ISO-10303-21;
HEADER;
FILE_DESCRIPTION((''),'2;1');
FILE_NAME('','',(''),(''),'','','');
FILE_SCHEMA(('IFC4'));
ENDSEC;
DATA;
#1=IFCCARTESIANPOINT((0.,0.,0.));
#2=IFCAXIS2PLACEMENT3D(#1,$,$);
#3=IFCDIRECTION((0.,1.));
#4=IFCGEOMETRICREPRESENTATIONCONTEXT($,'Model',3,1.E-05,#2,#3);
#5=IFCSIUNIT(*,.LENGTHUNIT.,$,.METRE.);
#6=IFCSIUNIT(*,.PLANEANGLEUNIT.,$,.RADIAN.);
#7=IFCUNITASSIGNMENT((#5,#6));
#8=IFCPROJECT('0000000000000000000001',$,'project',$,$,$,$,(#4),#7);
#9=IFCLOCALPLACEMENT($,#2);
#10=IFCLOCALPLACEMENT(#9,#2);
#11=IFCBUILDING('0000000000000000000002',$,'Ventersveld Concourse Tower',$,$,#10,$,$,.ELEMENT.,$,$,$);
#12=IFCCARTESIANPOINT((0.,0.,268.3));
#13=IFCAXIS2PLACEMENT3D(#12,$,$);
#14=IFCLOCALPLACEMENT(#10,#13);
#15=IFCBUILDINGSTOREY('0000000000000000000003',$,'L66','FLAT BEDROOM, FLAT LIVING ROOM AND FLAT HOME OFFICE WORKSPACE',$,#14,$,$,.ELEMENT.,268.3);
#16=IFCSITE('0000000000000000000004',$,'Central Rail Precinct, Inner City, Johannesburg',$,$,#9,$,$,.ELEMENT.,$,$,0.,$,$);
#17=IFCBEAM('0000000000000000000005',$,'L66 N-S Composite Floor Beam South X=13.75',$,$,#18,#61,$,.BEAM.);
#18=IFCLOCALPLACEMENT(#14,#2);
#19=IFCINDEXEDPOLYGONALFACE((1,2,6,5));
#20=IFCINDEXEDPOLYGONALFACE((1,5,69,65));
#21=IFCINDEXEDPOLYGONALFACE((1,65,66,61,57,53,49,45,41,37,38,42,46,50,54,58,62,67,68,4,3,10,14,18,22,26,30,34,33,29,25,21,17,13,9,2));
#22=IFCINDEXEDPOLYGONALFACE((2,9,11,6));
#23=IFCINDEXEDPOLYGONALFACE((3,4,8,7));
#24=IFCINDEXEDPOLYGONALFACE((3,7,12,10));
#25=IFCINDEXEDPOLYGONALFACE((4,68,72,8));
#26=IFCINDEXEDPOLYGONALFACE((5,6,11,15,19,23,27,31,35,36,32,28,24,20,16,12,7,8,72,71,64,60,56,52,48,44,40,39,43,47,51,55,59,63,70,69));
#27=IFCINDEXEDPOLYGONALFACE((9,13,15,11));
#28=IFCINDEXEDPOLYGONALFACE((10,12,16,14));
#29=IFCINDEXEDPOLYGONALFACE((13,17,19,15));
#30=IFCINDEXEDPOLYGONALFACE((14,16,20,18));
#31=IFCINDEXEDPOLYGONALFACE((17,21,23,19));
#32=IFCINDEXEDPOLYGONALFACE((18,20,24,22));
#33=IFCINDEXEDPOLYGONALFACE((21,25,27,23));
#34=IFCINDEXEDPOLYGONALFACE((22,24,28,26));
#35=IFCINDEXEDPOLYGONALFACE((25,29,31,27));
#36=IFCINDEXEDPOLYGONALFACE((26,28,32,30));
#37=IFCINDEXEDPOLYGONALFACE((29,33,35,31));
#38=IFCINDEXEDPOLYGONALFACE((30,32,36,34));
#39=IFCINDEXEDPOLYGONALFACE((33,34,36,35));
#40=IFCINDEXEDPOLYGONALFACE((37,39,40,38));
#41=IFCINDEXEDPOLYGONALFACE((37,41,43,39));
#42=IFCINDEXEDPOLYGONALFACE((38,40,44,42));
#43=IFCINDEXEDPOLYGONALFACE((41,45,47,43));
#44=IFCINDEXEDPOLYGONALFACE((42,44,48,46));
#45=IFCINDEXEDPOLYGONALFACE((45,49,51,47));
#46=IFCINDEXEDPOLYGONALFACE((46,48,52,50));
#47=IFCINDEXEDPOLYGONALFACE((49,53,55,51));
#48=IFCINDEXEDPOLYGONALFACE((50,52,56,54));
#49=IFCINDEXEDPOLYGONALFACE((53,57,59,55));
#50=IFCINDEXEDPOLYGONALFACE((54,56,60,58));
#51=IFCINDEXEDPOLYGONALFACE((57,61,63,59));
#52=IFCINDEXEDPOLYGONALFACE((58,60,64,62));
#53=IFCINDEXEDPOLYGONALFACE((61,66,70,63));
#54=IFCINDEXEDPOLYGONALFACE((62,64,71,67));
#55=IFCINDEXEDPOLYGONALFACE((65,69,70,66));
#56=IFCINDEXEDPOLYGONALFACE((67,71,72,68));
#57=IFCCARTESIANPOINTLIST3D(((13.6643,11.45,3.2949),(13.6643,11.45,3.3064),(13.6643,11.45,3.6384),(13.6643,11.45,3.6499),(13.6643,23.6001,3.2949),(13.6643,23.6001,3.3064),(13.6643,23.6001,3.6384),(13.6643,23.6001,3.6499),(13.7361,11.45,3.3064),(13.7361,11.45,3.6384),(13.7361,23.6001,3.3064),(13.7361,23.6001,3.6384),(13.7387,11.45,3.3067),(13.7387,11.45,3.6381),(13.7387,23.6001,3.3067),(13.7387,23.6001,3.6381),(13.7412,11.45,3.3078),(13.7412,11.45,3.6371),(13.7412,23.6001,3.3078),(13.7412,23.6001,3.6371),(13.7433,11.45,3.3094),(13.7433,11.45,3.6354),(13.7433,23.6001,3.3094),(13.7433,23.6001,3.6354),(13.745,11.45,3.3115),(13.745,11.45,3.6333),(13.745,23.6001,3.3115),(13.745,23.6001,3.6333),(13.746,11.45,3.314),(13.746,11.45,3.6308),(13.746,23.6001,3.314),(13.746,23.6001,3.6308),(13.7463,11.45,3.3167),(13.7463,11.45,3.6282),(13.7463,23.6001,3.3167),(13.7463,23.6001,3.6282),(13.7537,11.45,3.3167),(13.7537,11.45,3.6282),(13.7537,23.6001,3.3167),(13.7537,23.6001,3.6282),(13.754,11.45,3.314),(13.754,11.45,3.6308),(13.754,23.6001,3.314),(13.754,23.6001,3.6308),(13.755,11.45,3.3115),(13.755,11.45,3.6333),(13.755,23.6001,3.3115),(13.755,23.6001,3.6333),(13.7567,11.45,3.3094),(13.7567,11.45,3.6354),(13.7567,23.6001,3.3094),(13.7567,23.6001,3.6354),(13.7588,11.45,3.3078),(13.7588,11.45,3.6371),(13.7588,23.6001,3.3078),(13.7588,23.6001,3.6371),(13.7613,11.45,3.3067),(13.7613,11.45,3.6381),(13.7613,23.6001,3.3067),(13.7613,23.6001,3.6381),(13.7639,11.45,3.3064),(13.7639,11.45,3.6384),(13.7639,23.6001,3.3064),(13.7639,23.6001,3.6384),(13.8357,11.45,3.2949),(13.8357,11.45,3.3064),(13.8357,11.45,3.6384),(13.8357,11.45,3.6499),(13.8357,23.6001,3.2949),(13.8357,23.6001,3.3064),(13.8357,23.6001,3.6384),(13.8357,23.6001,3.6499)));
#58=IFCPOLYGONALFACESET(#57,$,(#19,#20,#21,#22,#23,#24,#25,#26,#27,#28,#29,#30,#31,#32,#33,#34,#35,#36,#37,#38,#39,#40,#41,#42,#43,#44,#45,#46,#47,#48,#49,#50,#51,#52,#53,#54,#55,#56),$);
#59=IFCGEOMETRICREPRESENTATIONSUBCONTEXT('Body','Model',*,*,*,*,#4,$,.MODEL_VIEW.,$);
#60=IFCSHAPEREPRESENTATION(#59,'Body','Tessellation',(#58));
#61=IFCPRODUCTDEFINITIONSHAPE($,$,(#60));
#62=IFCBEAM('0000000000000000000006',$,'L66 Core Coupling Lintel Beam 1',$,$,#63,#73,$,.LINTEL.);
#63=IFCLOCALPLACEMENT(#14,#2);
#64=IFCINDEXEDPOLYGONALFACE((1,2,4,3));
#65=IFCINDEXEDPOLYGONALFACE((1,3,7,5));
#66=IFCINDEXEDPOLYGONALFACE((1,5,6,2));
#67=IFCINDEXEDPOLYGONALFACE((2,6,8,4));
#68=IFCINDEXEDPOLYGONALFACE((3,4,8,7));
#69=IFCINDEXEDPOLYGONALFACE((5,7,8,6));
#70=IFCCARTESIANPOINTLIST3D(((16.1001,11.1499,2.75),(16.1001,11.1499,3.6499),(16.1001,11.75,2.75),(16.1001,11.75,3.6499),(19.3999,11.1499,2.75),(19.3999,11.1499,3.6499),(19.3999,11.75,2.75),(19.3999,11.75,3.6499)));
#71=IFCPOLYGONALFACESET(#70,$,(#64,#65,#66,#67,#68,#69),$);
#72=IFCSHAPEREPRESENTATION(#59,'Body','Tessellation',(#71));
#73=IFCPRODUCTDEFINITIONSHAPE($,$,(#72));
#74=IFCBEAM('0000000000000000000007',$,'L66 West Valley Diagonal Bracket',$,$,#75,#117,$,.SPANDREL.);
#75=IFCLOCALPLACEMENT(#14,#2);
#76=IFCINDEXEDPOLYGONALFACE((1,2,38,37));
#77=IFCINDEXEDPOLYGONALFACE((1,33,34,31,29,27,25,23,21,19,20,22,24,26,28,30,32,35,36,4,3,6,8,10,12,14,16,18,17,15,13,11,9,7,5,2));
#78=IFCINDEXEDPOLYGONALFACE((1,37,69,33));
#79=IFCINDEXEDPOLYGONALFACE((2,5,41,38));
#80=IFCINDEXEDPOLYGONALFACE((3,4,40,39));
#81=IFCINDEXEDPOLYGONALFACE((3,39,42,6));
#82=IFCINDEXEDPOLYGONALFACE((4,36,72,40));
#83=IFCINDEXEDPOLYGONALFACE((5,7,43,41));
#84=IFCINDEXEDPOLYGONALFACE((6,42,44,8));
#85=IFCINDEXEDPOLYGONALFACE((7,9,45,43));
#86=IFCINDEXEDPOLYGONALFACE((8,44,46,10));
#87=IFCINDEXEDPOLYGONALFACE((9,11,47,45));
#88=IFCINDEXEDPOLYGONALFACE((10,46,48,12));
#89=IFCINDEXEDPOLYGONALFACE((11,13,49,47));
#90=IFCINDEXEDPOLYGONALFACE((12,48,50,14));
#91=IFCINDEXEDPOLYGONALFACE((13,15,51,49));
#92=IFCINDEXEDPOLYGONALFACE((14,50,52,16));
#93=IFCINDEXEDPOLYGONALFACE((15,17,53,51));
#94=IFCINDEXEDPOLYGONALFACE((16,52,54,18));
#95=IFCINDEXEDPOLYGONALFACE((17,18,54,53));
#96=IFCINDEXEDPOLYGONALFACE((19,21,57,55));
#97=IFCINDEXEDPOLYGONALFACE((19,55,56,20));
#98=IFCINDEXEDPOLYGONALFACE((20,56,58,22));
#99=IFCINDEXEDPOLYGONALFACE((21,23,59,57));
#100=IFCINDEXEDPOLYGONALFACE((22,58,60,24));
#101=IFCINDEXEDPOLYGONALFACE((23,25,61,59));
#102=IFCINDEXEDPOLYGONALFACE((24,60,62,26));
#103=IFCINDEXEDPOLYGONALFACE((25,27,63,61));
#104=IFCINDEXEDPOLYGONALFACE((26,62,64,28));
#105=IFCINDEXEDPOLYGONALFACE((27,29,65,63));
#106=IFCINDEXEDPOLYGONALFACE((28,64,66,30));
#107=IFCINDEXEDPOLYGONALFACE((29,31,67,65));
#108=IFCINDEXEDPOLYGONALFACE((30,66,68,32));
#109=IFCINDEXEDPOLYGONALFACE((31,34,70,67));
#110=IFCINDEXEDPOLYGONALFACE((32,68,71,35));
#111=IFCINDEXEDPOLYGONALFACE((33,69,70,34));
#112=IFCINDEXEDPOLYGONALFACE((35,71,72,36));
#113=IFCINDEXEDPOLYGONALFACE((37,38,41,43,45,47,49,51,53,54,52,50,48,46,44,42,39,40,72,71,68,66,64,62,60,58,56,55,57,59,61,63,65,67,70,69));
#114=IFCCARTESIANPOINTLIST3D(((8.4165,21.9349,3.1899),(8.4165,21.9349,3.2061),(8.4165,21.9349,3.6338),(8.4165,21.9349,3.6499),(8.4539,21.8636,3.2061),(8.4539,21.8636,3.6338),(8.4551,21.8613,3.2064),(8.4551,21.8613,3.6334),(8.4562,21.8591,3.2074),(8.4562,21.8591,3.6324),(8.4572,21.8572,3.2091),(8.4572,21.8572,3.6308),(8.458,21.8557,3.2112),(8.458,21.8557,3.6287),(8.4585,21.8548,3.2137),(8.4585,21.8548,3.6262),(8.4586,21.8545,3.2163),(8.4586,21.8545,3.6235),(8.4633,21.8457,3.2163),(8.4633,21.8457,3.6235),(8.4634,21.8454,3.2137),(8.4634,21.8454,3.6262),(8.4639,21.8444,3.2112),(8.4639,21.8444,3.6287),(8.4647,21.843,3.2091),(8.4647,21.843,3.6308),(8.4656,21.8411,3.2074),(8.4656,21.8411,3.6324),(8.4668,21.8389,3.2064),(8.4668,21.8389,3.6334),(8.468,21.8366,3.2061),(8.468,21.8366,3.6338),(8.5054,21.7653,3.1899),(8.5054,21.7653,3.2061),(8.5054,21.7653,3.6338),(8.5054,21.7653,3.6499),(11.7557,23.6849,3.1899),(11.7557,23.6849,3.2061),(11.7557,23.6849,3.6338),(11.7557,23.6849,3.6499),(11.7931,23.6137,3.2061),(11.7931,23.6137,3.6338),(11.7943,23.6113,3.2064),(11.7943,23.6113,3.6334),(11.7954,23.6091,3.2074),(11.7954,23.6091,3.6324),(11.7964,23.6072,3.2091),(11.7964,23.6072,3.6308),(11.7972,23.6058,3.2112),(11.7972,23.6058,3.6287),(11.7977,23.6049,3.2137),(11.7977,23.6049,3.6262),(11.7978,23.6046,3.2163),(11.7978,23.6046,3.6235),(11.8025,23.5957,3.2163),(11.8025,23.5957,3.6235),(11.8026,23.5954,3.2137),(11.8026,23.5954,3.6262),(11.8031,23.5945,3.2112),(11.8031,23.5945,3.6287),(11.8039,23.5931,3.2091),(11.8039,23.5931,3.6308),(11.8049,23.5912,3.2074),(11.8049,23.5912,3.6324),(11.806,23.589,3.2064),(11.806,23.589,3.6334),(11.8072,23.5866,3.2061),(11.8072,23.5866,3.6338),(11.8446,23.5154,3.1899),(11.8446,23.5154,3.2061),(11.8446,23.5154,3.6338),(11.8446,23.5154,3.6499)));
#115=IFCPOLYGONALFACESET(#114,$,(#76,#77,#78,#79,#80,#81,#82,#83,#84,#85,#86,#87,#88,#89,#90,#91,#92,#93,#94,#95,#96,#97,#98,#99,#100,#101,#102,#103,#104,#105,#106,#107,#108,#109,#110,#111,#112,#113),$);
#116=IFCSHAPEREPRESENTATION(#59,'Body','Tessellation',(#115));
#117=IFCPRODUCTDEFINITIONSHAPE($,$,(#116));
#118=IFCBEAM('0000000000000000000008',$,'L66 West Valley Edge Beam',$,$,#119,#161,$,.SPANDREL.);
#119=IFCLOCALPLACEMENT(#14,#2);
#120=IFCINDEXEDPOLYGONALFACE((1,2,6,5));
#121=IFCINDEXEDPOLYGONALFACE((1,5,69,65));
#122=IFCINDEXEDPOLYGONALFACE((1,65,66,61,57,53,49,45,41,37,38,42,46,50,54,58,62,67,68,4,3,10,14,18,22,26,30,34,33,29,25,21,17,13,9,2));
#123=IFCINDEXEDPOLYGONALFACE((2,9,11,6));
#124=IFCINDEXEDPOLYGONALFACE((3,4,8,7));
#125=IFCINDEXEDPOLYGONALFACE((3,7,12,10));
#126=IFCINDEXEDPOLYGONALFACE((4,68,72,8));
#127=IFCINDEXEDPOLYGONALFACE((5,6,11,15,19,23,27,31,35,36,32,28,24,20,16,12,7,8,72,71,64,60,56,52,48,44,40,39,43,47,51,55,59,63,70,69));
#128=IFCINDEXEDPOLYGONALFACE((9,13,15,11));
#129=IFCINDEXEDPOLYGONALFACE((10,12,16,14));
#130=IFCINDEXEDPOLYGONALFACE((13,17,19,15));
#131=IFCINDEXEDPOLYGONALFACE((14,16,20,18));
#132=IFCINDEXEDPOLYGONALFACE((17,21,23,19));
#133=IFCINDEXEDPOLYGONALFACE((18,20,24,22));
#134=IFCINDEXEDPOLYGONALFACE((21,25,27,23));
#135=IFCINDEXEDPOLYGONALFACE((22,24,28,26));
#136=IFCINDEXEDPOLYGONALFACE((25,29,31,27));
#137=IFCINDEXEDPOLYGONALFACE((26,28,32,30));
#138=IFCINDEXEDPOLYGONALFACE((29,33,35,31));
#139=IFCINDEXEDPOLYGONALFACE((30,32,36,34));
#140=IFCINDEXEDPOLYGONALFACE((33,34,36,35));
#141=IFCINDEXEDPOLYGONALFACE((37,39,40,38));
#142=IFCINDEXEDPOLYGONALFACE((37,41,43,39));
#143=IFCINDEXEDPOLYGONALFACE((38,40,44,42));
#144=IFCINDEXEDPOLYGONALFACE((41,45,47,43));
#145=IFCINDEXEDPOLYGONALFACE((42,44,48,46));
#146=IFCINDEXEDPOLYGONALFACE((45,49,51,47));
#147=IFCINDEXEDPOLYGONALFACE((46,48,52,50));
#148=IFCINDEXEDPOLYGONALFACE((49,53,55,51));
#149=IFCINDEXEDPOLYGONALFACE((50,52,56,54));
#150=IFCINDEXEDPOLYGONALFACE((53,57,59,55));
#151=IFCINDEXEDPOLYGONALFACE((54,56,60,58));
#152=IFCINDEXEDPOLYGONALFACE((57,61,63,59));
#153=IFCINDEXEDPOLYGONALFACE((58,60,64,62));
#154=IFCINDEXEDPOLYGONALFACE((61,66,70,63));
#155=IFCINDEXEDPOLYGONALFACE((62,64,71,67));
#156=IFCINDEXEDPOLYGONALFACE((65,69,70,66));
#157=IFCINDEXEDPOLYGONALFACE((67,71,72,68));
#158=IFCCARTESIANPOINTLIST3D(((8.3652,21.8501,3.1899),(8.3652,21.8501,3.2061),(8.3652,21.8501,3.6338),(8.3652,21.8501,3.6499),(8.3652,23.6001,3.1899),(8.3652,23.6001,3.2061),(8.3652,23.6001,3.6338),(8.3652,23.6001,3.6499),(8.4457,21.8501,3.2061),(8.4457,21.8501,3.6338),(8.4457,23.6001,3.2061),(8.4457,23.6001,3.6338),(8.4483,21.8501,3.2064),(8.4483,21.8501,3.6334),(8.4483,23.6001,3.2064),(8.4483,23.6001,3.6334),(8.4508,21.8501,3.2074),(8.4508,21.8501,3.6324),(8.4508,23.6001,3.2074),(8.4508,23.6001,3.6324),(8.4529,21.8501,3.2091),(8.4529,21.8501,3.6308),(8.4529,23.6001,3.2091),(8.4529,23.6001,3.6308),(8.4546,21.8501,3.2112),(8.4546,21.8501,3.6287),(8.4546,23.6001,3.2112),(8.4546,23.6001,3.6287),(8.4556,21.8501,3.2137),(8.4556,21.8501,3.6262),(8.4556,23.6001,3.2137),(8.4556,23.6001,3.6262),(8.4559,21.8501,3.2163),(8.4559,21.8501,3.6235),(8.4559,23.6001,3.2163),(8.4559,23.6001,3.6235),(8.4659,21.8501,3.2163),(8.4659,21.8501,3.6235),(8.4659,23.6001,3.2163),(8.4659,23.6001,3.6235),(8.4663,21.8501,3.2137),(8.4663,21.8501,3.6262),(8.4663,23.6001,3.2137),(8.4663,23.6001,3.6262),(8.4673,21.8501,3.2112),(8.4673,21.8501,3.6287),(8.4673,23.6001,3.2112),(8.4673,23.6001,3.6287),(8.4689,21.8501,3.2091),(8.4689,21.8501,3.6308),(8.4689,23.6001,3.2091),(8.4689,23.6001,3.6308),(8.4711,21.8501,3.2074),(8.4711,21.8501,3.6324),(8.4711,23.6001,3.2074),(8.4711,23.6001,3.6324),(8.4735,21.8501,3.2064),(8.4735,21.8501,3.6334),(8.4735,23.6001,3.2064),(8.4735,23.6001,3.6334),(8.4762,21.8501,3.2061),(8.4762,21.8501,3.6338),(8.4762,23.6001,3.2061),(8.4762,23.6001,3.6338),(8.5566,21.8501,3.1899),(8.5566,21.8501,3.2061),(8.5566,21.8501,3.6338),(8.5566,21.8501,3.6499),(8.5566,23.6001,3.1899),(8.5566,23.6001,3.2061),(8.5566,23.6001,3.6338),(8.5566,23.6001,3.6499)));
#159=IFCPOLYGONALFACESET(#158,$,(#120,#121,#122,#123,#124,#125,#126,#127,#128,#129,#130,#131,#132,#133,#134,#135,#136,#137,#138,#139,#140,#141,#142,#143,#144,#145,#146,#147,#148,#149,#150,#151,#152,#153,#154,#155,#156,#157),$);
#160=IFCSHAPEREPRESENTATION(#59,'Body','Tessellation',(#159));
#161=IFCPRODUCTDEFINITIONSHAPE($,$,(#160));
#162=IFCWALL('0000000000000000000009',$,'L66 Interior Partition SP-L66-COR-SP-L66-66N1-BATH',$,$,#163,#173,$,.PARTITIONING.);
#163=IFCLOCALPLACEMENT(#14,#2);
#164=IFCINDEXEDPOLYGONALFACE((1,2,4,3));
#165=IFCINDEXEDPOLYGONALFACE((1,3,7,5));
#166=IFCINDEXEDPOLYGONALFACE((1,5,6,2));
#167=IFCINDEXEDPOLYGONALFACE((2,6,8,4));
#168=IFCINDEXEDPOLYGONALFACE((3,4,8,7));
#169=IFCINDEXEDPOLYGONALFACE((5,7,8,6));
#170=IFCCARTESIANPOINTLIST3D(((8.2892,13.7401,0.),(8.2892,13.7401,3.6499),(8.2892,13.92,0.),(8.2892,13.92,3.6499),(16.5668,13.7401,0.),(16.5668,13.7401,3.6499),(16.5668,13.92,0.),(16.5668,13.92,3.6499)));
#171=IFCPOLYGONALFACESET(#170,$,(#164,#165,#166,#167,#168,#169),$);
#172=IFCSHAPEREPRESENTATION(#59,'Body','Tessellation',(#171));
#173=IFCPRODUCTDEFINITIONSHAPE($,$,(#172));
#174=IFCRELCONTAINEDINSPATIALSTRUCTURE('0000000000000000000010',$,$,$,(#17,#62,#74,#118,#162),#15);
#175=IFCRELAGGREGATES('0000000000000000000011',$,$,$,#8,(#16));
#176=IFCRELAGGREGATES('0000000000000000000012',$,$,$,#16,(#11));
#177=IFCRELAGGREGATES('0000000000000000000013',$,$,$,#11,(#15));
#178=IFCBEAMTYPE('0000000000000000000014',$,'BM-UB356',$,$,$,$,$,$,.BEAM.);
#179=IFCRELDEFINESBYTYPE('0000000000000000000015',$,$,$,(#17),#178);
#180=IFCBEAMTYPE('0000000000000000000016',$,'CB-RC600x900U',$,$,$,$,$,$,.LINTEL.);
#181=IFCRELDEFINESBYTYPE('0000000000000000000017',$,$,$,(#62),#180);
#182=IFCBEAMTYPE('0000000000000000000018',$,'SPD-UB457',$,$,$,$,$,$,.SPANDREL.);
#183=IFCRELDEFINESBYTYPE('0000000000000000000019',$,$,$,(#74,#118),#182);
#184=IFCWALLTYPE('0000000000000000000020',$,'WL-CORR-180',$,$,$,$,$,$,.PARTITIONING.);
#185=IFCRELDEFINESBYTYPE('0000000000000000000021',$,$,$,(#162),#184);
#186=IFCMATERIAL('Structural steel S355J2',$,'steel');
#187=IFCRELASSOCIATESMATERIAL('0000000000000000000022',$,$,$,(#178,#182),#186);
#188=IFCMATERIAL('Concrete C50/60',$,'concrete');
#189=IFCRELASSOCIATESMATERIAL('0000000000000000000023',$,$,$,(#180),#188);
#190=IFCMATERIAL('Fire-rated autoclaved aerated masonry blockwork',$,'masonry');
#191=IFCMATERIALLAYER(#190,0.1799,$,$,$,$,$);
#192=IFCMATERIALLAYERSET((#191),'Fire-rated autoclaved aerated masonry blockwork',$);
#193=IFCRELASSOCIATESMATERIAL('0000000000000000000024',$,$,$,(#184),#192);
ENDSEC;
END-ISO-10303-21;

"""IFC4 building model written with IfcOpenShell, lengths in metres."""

from ifc_helpers import new_model, si_unit, direction, frame, frame_2d, origin, origin_2d, place, context, subcontext, project, spatial, rectangle, i_section, extrude, material, layer, layer_set, material_profile, profile_set, type_object, element, save


model = new_model("IFC4")

# Units and contexts
model_context = context("Model", 3, precision=1e-05, world=origin(), true_north=direction((0.0, 1.0)))
body_context = subcontext(model_context, "Body", "Model", "MODEL_VIEW")
ifc_project = project(units=[si_unit("LENGTHUNIT", "METRE"), si_unit("PLANEANGLEUNIT", "RADIAN")], contexts=[model_context])

# Site, building, storey
site_placement = place(None, origin())
site = spatial("IfcSite", under=ifc_project, at=site_placement, Name="Central Rail Precinct, Inner City, Johannesburg", CompositionType="ELEMENT", RefElevation=0.0)
building_placement = place(site_placement, origin())
building = spatial("IfcBuilding", under=site, at=building_placement, Name="Ventersveld Concourse Tower", CompositionType="ELEMENT")
storey_placement = place(building_placement, frame((0.0, 0.0, 268.3)))
storey = spatial("IfcBuildingStorey", under=building, at=storey_placement, Name="L66", Description="FLAT BEDROOM, FLAT LIVING ROOM AND FLAT HOME OFFICE WORKSPACE", CompositionType="ELEMENT", Elevation=268.3)

# Beams
ifc_material_1 = material(Name="Structural steel S355J2", Category="steel")
ifc_material_profile_1 = material_profile(ifc_material_1, i_section(OverallWidth=0.1714, OverallDepth=0.355, WebThickness=0.0073, FlangeThickness=0.0115, FilletRadius=0.0103, at=origin_2d()), Name="UB 356x171x51")
ifc_profile_set_1 = profile_set([ifc_material_profile_1], Name="Structural steel S355J2")
beam_type_1 = type_object("IfcBeamType", Name="BM-UB356", PredefinedType="BEAM", material=ifc_profile_set_1)
beam_1_placement = place(storey_placement, frame((13.75, 11.45, 3.4724), z_axis=(0.0, 1.0, 0.0), x_axis=(-1.0, 0.0, 0.0)))
element("IfcBeam", 1, at=beam_1_placement, inside=storey, type_object=beam_type_1, Name="L66 N-S Composite Floor Beam South X=13.75", PredefinedType="BEAM", context=body_context, shape_type="SweptSolid", body=[
    extrude(i_section(OverallWidth=0.1714, OverallDepth=0.355, WebThickness=0.0073, FlangeThickness=0.0115, FilletRadius=0.0103, at=origin_2d()), origin(), (0.0, 0.0, 1.0), 12.1501),
])
ifc_material_2 = material(Name="Concrete C50/60", Category="concrete")
ifc_material_profile_2 = material_profile(ifc_material_2, rectangle(XDim=0.6001, YDim=0.8999, at=origin_2d()), Name="RC 600x900")
ifc_profile_set_2 = profile_set([ifc_material_profile_2], Name="Concrete C50/60")
beam_type_2 = type_object("IfcBeamType", Name="CB-RC600x900U", PredefinedType="LINTEL", material=ifc_profile_set_2)
beam_2_placement = place(storey_placement, frame((16.1001, 11.45, 3.2), z_axis=(1.0, 0.0, 0.0), x_axis=(0.0, 1.0, 0.0)))
element("IfcBeam", 2, at=beam_2_placement, inside=storey, type_object=beam_type_2, Name="L66 Core Coupling Lintel Beam 1", PredefinedType="LINTEL", context=body_context, shape_type="SweptSolid", body=[
    extrude(rectangle(XDim=0.6001, YDim=0.8999, at=origin_2d()), origin(), (0.0, 0.0, 1.0), 3.2998),
])
ifc_material_profile_3 = material_profile(ifc_material_1, i_section(OverallWidth=0.1914, OverallDepth=0.46, WebThickness=0.01, FlangeThickness=0.0161, FilletRadius=0.0103, at=origin_2d()), Name="UB 457x191x82")
ifc_profile_set_3 = profile_set([ifc_material_profile_3], Name="Structural steel S355J2")
beam_type_3 = type_object("IfcBeamType", Name="SPD-UB457", PredefinedType="SPANDREL", material=ifc_profile_set_3)
beam_3_placement = place(storey_placement, frame((8.4609, 21.8501, 3.4199), z_axis=(0.885729, 0.464203, 0.0), x_axis=(-0.464203, 0.885729, 0.0)))
element("IfcBeam", 3, at=beam_3_placement, inside=storey, type_object=beam_type_3, Name="L66 West Valley Diagonal Bracket", PredefinedType="SPANDREL", context=body_context, shape_type="SweptSolid", body=[
    extrude(i_section(OverallWidth=0.1914, OverallDepth=0.46, WebThickness=0.01, FlangeThickness=0.0161, FilletRadius=0.0103, at=origin_2d()), origin(), (0.0, 0.0, 1.0), 3.77),
])
beam_4_placement = place(storey_placement, frame((8.4609, 21.8501, 3.4199), z_axis=(0.0, 1.0, 0.0), x_axis=(-1.0, 0.0, 0.0)))
element("IfcBeam", 4, at=beam_4_placement, inside=storey, type_object=beam_type_3, Name="L66 West Valley Edge Beam", PredefinedType="SPANDREL", context=body_context, shape_type="SweptSolid", body=[
    extrude(i_section(OverallWidth=0.1914, OverallDepth=0.46, WebThickness=0.01, FlangeThickness=0.0161, FilletRadius=0.0103, at=origin_2d()), origin(), (0.0, 0.0, 1.0), 1.75),
])

# Shared definitions
ifc_material_3 = material(Name="Fire-rated autoclaved aerated masonry blockwork", Category="masonry")
ifc_layer_1 = layer(ifc_material_3, 0.1799)
ifc_layer_set_1 = layer_set([ifc_layer_1], Name="Fire-rated autoclaved aerated masonry blockwork")
wall_type_1 = type_object("IfcWallType", Name="WL-CORR-180", PredefinedType="PARTITIONING", material=ifc_layer_set_1)

# Wall
wall_1_placement = place(storey_placement, frame((8.2893, 13.8301, 0.0), z_axis=(0.0, 0.0, 1.0), x_axis=(1.0, 0.0, 0.0)))
element("IfcWall", 5, at=wall_1_placement, inside=storey, type_object=wall_type_1, Name="L66 Interior Partition SP-L66-COR-SP-L66-66N1-BATH", PredefinedType="PARTITIONING", context=body_context, shape_type="SweptSolid", body=[
    extrude(rectangle(XDim=8.2776, YDim=0.1799, at=frame_2d((4.1387, 0.0))), origin(), (0.0, 0.0, 1.0), 3.6499),
])

save(model, "model.ifc")
